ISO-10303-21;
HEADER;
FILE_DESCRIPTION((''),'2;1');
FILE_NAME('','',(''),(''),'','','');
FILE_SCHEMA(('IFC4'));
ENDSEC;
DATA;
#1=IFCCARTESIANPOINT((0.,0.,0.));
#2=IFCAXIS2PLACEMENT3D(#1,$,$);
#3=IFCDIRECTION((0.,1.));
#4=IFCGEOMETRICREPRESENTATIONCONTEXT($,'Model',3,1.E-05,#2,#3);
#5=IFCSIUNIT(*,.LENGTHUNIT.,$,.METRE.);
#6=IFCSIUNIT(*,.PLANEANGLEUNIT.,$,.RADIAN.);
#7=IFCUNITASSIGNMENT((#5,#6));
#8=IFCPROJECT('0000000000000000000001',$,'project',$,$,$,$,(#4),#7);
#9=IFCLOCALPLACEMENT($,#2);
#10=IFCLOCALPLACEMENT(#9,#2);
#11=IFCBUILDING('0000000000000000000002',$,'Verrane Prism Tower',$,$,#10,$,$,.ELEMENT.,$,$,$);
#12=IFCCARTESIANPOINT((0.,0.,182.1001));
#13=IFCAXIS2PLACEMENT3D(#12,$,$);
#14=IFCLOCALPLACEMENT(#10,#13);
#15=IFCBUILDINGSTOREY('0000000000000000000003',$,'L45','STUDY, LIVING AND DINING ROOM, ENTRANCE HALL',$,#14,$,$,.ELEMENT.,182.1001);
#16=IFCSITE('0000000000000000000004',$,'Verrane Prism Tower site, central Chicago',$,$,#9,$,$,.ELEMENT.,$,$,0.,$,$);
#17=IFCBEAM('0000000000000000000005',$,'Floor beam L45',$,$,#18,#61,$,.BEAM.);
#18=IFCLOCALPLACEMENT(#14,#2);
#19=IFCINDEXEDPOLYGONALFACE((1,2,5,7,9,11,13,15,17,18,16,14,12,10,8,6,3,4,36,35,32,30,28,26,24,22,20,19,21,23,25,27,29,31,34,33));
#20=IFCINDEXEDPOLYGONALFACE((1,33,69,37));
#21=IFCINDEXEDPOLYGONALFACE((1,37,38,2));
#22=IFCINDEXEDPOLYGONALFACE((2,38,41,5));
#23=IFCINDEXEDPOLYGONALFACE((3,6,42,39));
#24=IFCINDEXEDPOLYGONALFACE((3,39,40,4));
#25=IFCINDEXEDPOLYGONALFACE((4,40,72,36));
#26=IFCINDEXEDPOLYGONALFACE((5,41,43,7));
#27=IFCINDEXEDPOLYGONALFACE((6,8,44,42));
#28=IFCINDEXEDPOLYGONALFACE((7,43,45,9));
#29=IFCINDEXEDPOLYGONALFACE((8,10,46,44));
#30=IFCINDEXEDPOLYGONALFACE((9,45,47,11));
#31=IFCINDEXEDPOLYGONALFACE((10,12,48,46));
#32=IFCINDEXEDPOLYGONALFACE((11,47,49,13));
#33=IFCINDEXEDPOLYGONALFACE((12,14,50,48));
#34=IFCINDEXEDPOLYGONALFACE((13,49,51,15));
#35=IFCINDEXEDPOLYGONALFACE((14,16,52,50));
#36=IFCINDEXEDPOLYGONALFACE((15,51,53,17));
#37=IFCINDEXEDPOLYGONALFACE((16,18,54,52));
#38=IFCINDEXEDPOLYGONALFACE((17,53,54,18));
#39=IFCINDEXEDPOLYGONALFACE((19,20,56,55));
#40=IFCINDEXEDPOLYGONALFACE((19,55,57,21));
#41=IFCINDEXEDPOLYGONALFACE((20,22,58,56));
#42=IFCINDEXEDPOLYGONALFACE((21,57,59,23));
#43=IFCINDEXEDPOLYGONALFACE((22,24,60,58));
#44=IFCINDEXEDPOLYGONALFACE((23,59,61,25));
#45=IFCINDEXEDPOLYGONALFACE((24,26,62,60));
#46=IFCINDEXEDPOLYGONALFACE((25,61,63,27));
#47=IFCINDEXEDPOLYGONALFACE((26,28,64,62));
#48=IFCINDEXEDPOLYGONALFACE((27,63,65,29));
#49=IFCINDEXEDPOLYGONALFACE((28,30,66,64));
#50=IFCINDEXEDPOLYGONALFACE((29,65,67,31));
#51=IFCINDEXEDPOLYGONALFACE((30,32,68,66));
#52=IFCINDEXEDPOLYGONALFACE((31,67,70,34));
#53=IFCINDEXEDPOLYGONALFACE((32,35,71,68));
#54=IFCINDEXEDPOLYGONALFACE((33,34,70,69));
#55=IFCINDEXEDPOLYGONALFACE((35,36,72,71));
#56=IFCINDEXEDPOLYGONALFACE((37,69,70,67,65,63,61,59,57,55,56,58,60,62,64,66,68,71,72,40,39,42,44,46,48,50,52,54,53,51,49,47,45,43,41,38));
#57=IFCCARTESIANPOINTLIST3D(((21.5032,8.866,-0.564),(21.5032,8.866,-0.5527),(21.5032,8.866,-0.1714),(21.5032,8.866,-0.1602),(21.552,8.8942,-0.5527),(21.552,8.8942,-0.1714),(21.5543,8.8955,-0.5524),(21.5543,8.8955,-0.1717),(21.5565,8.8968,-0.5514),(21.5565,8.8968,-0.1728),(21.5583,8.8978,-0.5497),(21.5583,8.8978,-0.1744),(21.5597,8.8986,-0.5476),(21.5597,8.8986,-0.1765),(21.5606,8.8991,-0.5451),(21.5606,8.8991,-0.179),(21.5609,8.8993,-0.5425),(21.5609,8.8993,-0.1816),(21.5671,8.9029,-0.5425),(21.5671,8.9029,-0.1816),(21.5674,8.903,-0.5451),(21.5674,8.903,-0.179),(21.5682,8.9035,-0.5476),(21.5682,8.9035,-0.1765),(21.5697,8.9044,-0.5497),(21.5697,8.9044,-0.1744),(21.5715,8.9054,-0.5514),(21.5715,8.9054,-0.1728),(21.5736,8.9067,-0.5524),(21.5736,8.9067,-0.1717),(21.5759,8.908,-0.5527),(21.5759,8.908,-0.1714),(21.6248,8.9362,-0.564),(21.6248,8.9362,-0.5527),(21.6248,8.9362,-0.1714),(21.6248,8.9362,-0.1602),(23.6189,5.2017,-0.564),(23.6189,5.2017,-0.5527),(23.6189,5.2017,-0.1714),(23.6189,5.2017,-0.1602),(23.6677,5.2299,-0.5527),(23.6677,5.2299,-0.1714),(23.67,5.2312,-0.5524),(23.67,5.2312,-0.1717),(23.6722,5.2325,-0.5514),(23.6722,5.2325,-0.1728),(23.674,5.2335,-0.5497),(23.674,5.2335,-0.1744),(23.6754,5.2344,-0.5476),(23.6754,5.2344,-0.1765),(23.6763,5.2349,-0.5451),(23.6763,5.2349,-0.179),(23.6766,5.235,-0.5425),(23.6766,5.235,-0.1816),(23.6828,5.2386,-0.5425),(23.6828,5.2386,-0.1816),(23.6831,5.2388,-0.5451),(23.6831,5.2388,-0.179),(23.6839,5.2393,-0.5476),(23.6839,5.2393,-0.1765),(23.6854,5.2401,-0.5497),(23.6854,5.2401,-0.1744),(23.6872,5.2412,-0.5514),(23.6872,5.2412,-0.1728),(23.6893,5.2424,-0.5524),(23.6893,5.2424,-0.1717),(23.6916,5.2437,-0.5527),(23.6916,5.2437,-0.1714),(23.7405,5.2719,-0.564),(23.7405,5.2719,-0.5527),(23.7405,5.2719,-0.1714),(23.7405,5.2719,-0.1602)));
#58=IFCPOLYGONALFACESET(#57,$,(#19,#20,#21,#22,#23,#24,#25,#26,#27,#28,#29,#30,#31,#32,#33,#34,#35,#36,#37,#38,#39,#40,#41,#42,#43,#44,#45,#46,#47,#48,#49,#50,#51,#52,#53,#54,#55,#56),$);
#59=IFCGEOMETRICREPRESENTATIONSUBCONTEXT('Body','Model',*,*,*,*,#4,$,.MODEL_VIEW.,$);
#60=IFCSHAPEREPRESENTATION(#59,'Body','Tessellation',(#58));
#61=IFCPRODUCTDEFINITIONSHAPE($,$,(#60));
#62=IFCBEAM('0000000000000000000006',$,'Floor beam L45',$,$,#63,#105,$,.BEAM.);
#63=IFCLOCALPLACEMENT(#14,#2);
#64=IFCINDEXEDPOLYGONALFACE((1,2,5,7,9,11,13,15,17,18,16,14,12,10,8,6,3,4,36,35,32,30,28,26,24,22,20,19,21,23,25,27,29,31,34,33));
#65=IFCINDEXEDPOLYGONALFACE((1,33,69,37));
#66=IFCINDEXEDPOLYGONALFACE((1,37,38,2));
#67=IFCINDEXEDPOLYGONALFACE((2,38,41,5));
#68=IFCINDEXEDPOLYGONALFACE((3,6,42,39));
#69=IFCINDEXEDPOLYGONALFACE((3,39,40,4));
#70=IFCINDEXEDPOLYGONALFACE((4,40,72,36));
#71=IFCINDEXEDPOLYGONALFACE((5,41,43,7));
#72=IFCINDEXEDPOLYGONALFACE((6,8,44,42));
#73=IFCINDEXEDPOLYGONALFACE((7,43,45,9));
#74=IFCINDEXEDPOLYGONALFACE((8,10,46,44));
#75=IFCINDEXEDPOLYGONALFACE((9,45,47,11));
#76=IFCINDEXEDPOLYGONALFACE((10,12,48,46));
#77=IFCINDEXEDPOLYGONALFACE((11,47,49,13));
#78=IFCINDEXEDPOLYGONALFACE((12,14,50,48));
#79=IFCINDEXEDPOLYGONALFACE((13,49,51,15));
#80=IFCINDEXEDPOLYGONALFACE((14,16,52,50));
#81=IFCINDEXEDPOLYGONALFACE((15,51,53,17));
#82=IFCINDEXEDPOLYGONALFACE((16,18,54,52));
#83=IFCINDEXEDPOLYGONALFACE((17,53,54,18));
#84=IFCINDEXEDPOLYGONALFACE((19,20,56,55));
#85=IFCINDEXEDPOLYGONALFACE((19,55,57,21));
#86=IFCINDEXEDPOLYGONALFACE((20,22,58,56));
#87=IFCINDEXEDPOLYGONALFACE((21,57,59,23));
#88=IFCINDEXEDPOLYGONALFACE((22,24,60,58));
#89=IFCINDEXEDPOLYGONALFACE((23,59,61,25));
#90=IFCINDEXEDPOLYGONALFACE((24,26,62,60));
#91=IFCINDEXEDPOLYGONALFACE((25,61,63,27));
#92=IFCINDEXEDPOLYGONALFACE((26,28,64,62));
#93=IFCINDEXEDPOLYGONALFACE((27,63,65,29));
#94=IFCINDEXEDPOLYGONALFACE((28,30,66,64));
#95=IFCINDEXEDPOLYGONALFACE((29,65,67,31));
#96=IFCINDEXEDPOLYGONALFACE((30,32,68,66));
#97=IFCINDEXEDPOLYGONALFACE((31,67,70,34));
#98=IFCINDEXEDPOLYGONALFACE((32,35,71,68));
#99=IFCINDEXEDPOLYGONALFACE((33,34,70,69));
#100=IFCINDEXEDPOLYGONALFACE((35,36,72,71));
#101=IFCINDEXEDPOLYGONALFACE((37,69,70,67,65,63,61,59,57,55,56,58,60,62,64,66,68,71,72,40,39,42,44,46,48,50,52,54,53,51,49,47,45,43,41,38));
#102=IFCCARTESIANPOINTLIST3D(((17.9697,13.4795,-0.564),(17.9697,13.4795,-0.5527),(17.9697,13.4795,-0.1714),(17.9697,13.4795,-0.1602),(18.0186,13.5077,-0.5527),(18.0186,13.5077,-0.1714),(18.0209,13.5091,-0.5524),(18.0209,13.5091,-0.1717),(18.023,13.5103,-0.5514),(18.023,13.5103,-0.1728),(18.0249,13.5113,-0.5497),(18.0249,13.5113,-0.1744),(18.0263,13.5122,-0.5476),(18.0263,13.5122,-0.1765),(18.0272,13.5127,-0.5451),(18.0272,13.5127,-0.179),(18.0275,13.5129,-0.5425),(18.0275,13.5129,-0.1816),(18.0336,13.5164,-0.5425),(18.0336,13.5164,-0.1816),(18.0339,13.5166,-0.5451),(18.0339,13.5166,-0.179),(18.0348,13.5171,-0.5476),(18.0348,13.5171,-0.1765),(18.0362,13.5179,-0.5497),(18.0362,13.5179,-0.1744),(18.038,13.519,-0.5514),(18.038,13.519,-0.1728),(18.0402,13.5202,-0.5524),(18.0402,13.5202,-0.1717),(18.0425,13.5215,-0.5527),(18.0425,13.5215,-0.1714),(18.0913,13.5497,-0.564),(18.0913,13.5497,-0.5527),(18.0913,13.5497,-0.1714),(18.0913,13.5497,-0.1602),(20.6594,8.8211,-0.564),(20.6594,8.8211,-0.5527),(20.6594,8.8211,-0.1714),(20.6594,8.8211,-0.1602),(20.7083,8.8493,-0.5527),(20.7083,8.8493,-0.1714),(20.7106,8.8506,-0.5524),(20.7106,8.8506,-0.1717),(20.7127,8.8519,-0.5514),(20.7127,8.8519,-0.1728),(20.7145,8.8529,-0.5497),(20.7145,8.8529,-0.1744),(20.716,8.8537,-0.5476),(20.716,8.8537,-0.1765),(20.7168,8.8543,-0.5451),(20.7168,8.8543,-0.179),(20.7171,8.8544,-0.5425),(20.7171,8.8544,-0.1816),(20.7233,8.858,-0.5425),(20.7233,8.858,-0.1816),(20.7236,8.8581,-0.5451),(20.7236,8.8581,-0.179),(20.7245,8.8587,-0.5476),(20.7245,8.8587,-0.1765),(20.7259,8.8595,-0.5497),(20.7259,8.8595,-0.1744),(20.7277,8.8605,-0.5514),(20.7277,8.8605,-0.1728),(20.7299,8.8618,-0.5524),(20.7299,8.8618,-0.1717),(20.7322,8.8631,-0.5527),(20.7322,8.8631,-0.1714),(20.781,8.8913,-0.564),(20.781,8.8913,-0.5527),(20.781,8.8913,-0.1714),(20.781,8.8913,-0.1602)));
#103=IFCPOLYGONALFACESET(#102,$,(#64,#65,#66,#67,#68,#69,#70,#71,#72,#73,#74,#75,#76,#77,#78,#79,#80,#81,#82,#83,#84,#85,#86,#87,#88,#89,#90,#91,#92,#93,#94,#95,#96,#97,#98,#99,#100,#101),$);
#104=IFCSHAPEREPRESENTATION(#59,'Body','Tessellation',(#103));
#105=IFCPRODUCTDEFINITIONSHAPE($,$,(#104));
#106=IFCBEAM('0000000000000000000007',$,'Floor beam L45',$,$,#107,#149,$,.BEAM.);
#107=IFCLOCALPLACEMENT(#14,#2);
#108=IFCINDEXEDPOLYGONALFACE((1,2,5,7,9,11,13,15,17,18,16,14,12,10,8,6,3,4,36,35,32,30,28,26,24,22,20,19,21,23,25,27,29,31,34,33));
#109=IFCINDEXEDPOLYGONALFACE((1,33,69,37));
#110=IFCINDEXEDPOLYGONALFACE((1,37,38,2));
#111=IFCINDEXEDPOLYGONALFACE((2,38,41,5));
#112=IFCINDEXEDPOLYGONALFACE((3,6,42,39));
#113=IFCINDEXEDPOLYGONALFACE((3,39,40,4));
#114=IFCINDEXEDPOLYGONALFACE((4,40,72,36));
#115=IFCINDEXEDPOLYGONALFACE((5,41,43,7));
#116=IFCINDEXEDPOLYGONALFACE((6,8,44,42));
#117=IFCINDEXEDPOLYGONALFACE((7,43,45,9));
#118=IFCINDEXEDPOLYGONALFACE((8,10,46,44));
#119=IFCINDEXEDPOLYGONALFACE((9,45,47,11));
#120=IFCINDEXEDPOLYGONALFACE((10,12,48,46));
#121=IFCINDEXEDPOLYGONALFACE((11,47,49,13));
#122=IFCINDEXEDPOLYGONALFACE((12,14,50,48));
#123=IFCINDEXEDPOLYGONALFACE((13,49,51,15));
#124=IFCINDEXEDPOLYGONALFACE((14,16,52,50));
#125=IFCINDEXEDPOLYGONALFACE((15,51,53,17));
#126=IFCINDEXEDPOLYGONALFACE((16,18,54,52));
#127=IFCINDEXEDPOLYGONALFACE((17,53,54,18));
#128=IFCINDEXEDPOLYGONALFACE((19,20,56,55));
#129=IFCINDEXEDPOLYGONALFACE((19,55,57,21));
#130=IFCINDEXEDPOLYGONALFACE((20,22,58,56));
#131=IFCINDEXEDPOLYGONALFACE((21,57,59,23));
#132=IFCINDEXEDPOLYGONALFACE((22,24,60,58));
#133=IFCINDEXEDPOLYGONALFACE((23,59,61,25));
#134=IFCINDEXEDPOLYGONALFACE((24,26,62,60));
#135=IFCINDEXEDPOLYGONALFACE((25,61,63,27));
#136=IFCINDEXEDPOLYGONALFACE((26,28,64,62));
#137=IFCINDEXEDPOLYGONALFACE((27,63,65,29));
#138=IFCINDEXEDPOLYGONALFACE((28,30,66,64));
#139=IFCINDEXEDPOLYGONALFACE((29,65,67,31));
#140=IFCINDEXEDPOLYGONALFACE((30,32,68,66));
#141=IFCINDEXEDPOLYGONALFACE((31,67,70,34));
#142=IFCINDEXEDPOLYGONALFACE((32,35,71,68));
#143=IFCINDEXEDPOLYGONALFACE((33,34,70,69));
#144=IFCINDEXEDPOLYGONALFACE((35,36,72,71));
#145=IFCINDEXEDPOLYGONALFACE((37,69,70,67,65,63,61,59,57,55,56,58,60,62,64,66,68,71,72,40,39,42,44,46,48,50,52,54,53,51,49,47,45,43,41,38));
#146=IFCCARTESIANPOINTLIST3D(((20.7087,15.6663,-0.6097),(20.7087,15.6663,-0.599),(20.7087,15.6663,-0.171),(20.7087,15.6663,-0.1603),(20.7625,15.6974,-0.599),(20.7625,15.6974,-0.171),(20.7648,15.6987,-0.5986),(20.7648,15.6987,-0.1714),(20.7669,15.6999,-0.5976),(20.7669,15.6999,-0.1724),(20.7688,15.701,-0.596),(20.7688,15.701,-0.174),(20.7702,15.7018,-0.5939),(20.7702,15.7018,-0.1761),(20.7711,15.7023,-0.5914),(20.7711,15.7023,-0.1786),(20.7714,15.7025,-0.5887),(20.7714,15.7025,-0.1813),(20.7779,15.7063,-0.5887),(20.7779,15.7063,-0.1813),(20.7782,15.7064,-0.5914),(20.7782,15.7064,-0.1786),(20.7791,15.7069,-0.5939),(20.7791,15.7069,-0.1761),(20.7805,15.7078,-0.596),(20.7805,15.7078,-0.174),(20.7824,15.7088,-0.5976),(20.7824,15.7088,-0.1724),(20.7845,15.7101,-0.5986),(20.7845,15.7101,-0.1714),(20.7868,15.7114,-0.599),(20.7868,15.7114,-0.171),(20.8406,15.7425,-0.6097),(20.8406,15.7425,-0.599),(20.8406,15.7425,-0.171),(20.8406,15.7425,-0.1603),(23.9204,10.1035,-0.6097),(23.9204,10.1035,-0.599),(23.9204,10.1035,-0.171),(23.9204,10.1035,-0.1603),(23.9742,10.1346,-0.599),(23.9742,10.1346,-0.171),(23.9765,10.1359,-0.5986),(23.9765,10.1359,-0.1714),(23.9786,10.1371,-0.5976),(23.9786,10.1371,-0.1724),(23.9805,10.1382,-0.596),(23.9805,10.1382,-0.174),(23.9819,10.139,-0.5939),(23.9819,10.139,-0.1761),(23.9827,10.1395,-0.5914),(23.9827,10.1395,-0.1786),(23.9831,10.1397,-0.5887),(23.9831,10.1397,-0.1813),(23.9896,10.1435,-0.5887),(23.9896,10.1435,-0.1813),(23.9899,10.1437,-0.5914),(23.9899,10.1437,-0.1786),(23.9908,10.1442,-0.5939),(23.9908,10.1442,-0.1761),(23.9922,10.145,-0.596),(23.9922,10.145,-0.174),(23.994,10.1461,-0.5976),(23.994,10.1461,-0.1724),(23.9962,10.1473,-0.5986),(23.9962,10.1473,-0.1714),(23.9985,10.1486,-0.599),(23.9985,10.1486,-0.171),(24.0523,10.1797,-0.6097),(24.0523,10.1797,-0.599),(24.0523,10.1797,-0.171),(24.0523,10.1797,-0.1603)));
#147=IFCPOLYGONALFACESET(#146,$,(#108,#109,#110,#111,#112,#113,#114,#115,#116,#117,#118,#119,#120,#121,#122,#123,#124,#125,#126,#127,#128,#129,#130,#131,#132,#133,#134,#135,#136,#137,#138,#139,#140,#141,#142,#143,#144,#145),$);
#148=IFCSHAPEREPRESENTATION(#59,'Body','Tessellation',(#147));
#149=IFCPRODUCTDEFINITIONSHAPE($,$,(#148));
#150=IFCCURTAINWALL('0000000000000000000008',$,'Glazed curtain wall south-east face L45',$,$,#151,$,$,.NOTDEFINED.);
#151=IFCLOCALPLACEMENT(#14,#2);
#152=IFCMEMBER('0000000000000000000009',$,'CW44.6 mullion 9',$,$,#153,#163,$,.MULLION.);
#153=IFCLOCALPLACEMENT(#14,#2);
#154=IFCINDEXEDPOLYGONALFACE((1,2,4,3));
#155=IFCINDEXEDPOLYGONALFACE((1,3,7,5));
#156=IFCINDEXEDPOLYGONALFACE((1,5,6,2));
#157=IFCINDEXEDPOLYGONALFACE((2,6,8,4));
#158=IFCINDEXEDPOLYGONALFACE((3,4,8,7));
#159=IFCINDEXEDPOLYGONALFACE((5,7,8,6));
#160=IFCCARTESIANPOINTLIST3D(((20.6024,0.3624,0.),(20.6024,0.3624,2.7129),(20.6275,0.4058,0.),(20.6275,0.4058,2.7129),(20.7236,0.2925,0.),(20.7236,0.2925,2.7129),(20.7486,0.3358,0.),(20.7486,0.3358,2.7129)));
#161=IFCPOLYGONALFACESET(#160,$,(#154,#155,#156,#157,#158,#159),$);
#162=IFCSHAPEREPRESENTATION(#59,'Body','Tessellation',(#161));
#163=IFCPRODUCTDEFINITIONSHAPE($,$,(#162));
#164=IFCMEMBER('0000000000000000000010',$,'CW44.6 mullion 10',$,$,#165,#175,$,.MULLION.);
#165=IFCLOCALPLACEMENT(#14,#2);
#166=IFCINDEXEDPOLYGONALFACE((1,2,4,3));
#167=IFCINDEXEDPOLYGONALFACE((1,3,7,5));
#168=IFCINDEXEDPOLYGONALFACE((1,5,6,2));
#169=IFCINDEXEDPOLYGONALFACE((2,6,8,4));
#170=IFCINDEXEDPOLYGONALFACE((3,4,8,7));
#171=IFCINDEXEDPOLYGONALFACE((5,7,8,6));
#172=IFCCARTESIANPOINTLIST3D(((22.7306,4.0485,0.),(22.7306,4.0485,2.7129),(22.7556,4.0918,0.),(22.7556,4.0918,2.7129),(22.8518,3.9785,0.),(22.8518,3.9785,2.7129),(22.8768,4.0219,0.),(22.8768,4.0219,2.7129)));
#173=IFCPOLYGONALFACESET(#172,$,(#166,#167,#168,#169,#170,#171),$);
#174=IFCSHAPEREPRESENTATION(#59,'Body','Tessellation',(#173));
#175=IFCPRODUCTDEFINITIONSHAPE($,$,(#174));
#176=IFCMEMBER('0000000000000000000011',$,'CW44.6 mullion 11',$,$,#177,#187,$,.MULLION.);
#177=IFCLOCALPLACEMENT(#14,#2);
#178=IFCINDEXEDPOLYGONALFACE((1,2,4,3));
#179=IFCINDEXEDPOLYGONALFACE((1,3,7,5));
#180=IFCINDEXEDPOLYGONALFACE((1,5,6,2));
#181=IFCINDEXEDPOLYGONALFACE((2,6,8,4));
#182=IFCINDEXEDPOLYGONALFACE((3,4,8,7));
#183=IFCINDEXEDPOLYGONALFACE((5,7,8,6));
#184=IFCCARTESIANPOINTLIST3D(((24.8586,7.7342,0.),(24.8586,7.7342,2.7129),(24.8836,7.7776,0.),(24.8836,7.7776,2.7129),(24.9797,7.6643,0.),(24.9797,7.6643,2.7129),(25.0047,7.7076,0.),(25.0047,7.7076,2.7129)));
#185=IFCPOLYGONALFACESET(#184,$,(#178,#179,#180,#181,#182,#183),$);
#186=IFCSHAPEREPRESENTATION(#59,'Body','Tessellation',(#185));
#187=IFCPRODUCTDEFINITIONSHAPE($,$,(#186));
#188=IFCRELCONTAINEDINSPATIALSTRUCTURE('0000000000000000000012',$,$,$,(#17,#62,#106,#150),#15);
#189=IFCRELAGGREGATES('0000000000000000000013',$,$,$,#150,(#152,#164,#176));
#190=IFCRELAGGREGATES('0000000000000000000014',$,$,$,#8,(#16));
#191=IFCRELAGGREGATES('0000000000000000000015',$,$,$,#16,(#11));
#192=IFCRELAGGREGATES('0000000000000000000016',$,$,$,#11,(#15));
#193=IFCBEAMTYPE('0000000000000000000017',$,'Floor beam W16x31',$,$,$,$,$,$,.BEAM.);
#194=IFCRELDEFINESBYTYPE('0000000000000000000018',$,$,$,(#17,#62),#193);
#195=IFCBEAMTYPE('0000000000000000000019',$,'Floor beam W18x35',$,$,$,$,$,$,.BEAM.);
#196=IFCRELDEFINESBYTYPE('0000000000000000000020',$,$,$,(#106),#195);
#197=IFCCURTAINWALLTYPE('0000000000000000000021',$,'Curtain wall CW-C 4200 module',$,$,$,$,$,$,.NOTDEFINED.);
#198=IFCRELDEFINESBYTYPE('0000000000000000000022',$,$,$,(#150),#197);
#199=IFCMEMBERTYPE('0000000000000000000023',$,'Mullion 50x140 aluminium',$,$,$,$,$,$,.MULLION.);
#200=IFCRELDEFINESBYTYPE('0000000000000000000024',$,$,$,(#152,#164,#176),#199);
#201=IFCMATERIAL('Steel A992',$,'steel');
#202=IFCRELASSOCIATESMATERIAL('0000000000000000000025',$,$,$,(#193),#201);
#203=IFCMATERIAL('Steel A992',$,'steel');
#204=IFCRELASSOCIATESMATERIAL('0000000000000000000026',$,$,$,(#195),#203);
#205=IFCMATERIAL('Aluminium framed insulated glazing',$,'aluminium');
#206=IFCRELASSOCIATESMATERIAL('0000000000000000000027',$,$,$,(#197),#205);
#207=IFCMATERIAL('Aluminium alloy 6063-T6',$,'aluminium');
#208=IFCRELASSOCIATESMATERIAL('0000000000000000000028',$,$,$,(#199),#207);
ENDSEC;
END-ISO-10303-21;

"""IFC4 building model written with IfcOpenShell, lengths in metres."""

from ifc_helpers import new_model, si_unit, direction, frame, origin, origin_2d, place, context, subcontext, project, spatial, rectangle, i_section, extrude, material, material_profile, profile_set, type_object, element, aggregate, save


model = new_model("IFC4")

# Units and contexts
model_context = context("Model", 3, precision=1e-05, world=origin(), true_north=direction((0.0, 1.0)))
body_context = subcontext(model_context, "Body", "Model", "MODEL_VIEW")
ifc_project = project(units=[si_unit("LENGTHUNIT", "METRE"), si_unit("PLANEANGLEUNIT", "RADIAN")], contexts=[model_context])

# Site, building, storey
site_placement = place(None, origin())
site = spatial("IfcSite", under=ifc_project, at=site_placement, Name="Verrane Prism Tower site, central Chicago", CompositionType="ELEMENT", RefElevation=0.0)
building_placement = place(site_placement, origin())
building = spatial("IfcBuilding", under=site, at=building_placement, Name="Verrane Prism Tower", CompositionType="ELEMENT")
storey_placement = place(building_placement, frame((0.0, 0.0, 182.1001)))
storey = spatial("IfcBuildingStorey", under=building, at=storey_placement, Name="L45", Description="STUDY, LIVING AND DINING ROOM, ENTRANCE HALL", CompositionType="ELEMENT", Elevation=182.1001)

# Beams
ifc_material_1 = material(Name="Steel A992", Category="steel")
ifc_material_profile_1 = material_profile(ifc_material_1, i_section(OverallWidth=0.1404, OverallDepth=0.4038, WebThickness=0.0071, FlangeThickness=0.0112, FilletRadius=0.0103, at=origin_2d()), Name="W16x31")
ifc_profile_set_1 = profile_set([ifc_material_profile_1], Name="Steel A992")
beam_type_1 = type_object("IfcBeamType", Name="Floor beam W16x31", PredefinedType="BEAM", material=ifc_profile_set_1)
beam_1_placement = place(storey_placement, frame((23.6797, 5.2368, -0.3621), z_axis=(-0.500024, 0.866012, 0.0), x_axis=(-0.866012, -0.500024, 0.0)))
element("IfcBeam", 1, at=beam_1_placement, inside=storey, type_object=beam_type_1, Name="Floor beam L45", PredefinedType="BEAM", context=body_context, shape_type="SweptSolid", body=[
    extrude(i_section(OverallWidth=0.1404, OverallDepth=0.4038, WebThickness=0.0071, FlangeThickness=0.0112, FilletRadius=0.0103, at=origin_2d()), origin(), (0.0, 0.0, 1.0), 4.2312),
])
beam_2_placement = place(storey_placement, frame((20.7202, 8.8562, -0.3621), z_axis=(-0.50002, 0.866014, 0.0), x_axis=(-0.866014, -0.50002, 0.0)))
element("IfcBeam", 2, at=beam_2_placement, inside=storey, type_object=beam_type_1, Name="Floor beam L45", PredefinedType="BEAM", context=body_context, shape_type="SweptSolid", body=[
    extrude(i_section(OverallWidth=0.1404, OverallDepth=0.4038, WebThickness=0.0071, FlangeThickness=0.0112, FilletRadius=0.0103, at=origin_2d()), origin(), (0.0, 0.0, 1.0), 5.3792),
])
ifc_material_2 = material(Name="Steel A992", Category="steel")
ifc_material_profile_2 = material_profile(ifc_material_2, i_section(OverallWidth=0.1523, OverallDepth=0.4495, WebThickness=0.0076, FlangeThickness=0.0107, FilletRadius=0.0103, at=origin_2d()), Name="W18x35")
ifc_profile_set_2 = profile_set([ifc_material_profile_2], Name="Steel A992")
beam_type_2 = type_object("IfcBeamType", Name="Floor beam W18x35", PredefinedType="BEAM", material=ifc_profile_set_2)
beam_3_placement = place(storey_placement, frame((23.9863, 10.1416, -0.385), z_axis=(-0.500002, 0.866024, 0.0), x_axis=(-0.866024, -0.500002, 0.0)))
element("IfcBeam", 3, at=beam_3_placement, inside=storey, type_object=beam_type_2, Name="Floor beam L45", PredefinedType="BEAM", context=body_context, shape_type="SweptSolid", body=[
    extrude(i_section(OverallWidth=0.1523, OverallDepth=0.4495, WebThickness=0.0076, FlangeThickness=0.0107, FilletRadius=0.0103, at=origin_2d()), origin(), (0.0, 0.0, 1.0), 6.4233),
])

# Curtain wall, members
ifc_material_3 = material(Name="Aluminium framed insulated glazing", Category="aluminium")
curtain_wall_type = type_object("IfcCurtainWallType", Name="Curtain wall CW-C 4200 module", PredefinedType="NOTDEFINED", material=ifc_material_3)
curtain_wall_placement = place(storey_placement, origin())
curtain_wall = element("IfcCurtainWall", 4, at=curtain_wall_placement, inside=storey, type_object=curtain_wall_type, Name="Glazed curtain wall south-east face L45", PredefinedType="NOTDEFINED")
ifc_material_4 = material(Name="Aluminium alloy 6063-T6", Category="aluminium")
ifc_material_profile_3 = material_profile(ifc_material_4, rectangle(XDim=0.1399, YDim=0.05, at=origin_2d()), Name="Mullion 50x140 aluminium")
ifc_profile_set_3 = profile_set([ifc_material_profile_3], Name="Aluminium alloy 6063-T6")
member_type_1 = type_object("IfcMemberType", Name="Mullion 50x140 aluminium", PredefinedType="MULLION", material=ifc_profile_set_3)
member_1_placement = place(storey_placement, frame((20.6755, 0.3491, 0.0), z_axis=(0.0, 0.0, 1.0), x_axis=(-0.866026, 0.499999, 0.0)))
member_1 = element("IfcMember", 5, at=member_1_placement, type_object=member_type_1, Name="CW44.6 mullion 9", PredefinedType="MULLION", context=body_context, shape_type="SweptSolid", body=[
    extrude(rectangle(XDim=0.1399, YDim=0.05, at=origin_2d()), origin(), (0.0, 0.0, 1.0), 2.7129),
])
member_2_placement = place(storey_placement, frame((22.8037, 4.0352, 0.0), z_axis=(0.0, 0.0, 1.0), x_axis=(-0.866026, 0.499999, 0.0)))
member_2 = element("IfcMember", 6, at=member_2_placement, type_object=member_type_1, Name="CW44.6 mullion 10", PredefinedType="MULLION", context=body_context, shape_type="SweptSolid", body=[
    extrude(rectangle(XDim=0.1399, YDim=0.05, at=origin_2d()), origin(), (0.0, 0.0, 1.0), 2.7129),
])
member_3_placement = place(storey_placement, frame((24.9316, 7.7209, 0.0), z_axis=(0.0, 0.0, 1.0), x_axis=(-0.866026, 0.499999, 0.0)))
member_3 = element("IfcMember", 7, at=member_3_placement, type_object=member_type_1, Name="CW44.6 mullion 11", PredefinedType="MULLION", context=body_context, shape_type="SweptSolid", body=[
    extrude(rectangle(XDim=0.1399, YDim=0.05, at=origin_2d()), origin(), (0.0, 0.0, 1.0), 2.7129),
])

aggregate(curtain_wall, [member_1, member_2, member_3])

save(model, "model.ifc")
